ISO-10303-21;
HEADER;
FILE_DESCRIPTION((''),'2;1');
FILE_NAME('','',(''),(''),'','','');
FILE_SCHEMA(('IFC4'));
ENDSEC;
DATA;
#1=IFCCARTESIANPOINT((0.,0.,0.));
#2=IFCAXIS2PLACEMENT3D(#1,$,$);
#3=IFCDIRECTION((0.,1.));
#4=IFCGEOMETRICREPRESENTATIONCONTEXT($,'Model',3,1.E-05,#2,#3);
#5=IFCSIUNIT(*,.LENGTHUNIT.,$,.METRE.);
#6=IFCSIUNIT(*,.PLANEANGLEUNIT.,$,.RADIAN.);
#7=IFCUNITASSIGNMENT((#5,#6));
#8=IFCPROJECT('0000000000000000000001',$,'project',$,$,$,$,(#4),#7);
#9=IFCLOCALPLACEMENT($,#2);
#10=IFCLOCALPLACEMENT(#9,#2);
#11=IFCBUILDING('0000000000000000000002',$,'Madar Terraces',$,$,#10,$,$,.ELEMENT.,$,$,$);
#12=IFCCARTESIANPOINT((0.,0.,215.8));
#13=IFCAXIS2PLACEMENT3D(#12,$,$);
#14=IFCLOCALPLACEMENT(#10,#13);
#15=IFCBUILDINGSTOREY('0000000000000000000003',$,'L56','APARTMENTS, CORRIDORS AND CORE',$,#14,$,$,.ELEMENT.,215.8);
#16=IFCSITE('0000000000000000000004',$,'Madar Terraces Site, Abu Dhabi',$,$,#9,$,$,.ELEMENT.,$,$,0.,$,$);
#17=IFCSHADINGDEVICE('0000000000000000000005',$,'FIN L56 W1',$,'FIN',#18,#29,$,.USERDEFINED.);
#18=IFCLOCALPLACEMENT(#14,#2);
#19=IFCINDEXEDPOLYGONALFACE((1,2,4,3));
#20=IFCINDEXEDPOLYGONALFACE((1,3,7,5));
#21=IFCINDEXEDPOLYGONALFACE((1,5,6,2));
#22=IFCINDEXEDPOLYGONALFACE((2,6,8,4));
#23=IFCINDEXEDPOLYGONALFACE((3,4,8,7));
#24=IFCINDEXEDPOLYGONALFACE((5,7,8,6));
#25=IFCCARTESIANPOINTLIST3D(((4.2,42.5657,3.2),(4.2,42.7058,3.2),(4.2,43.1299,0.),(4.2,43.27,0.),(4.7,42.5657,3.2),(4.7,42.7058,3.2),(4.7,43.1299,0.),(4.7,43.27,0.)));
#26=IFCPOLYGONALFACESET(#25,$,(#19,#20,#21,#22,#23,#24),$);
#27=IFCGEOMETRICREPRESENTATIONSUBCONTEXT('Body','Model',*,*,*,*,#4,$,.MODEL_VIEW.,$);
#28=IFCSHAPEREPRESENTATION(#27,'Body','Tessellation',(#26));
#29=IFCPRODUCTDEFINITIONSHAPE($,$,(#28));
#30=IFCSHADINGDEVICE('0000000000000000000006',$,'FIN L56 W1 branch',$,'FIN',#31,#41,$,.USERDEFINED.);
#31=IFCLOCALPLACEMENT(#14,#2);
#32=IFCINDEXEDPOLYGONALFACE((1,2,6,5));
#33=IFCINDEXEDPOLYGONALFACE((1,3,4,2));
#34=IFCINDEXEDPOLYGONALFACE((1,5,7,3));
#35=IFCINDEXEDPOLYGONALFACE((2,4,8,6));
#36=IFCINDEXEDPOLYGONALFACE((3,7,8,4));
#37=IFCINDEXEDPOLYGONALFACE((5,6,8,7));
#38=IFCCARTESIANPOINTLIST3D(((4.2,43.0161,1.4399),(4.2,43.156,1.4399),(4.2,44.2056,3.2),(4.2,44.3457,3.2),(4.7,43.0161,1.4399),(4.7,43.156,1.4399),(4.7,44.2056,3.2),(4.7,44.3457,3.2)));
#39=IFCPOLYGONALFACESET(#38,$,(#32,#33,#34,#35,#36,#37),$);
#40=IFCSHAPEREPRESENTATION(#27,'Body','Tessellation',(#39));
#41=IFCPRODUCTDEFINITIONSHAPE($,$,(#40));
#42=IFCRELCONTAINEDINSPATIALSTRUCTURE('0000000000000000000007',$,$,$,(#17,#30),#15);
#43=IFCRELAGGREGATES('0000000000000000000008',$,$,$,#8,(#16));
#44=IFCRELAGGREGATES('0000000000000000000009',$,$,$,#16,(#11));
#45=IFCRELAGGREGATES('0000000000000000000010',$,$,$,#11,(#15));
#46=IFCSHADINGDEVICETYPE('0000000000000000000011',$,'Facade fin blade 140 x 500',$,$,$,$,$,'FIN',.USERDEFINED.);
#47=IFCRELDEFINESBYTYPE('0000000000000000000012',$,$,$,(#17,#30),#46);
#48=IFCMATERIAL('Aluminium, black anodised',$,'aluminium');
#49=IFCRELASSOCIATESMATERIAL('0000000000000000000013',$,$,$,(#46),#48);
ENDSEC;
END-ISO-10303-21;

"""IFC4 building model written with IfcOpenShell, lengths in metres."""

from ifc_helpers import new_model, si_unit, direction, frame, origin, place, context, subcontext, project, spatial, polyline, outline, extrude, material, type_object, element, save


model = new_model("IFC4")

# Units and contexts
model_context = context("Model", 3, precision=1e-05, world=origin(), true_north=direction((0.0, 1.0)))
body_context = subcontext(model_context, "Body", "Model", "MODEL_VIEW")
ifc_project = project(units=[si_unit("LENGTHUNIT", "METRE"), si_unit("PLANEANGLEUNIT", "RADIAN")], contexts=[model_context])

# Site, building, storey
site_placement = place(None, origin())
site = spatial("IfcSite", under=ifc_project, at=site_placement, Name="Madar Terraces Site, Abu Dhabi", CompositionType="ELEMENT", RefElevation=0.0)
building_placement = place(site_placement, origin())
building = spatial("IfcBuilding", under=site, at=building_placement, Name="Madar Terraces", CompositionType="ELEMENT")
storey_placement = place(building_placement, frame((0.0, 0.0, 215.8)))
storey = spatial("IfcBuildingStorey", under=building, at=storey_placement, Name="L56", Description="APARTMENTS, CORRIDORS AND CORE", CompositionType="ELEMENT", Elevation=215.8)

# Shading devices
ifc_material_1 = material(Name="Aluminium, black anodised", Category="aluminium")
shading_device_type = type_object("IfcShadingDeviceType", Name="Facade fin blade 140 x 500", ElementType="FIN", PredefinedType="USERDEFINED", material=ifc_material_1)
shading_device_1_placement = place(storey_placement, frame((4.45, 43.27, 0.0), z_axis=(0.0, 0.0, 1.0), x_axis=(0.0, -1.0, 0.0)))
element("IfcShadingDevice", 1, at=shading_device_1_placement, inside=storey, type_object=shading_device_type, Name="FIN L56 W1", ObjectType="FIN", PredefinedType="USERDEFINED", context=body_context, shape_type="SweptSolid", body=[
    extrude(outline(polyline([(0.0, 0.0), (0.1401, 0.0), (0.7043, 3.2), (0.5642, 3.2), (0.0, 0.0)])), frame((0.0, 0.25, 0.0), z_axis=(0.0, -1.0, 0.0), x_axis=(1.0, 0.0, 0.0)), (0.0, 0.0, 1.0), 0.5),
])
shading_device_2_placement = place(storey_placement, frame((4.45, 43.156, 1.4399), z_axis=(0.0, 0.0, 1.0), x_axis=(0.0, -1.0, 0.0)))
element("IfcShadingDevice", 2, at=shading_device_2_placement, inside=storey, type_object=shading_device_type, Name="FIN L56 W1 branch", ObjectType="FIN", PredefinedType="USERDEFINED", context=body_context, shape_type="SweptSolid", body=[
    extrude(outline(polyline([(0.0, 0.0), (0.1399, 0.0), (-1.0496, 1.76), (-1.1897, 1.76), (0.0, 0.0)])), frame((0.0, 0.25, 0.0), z_axis=(0.0, -1.0, 0.0), x_axis=(1.0, 0.0, 0.0)), (0.0, 0.0, 1.0), 0.5),
])

save(model, "model.ifc")
